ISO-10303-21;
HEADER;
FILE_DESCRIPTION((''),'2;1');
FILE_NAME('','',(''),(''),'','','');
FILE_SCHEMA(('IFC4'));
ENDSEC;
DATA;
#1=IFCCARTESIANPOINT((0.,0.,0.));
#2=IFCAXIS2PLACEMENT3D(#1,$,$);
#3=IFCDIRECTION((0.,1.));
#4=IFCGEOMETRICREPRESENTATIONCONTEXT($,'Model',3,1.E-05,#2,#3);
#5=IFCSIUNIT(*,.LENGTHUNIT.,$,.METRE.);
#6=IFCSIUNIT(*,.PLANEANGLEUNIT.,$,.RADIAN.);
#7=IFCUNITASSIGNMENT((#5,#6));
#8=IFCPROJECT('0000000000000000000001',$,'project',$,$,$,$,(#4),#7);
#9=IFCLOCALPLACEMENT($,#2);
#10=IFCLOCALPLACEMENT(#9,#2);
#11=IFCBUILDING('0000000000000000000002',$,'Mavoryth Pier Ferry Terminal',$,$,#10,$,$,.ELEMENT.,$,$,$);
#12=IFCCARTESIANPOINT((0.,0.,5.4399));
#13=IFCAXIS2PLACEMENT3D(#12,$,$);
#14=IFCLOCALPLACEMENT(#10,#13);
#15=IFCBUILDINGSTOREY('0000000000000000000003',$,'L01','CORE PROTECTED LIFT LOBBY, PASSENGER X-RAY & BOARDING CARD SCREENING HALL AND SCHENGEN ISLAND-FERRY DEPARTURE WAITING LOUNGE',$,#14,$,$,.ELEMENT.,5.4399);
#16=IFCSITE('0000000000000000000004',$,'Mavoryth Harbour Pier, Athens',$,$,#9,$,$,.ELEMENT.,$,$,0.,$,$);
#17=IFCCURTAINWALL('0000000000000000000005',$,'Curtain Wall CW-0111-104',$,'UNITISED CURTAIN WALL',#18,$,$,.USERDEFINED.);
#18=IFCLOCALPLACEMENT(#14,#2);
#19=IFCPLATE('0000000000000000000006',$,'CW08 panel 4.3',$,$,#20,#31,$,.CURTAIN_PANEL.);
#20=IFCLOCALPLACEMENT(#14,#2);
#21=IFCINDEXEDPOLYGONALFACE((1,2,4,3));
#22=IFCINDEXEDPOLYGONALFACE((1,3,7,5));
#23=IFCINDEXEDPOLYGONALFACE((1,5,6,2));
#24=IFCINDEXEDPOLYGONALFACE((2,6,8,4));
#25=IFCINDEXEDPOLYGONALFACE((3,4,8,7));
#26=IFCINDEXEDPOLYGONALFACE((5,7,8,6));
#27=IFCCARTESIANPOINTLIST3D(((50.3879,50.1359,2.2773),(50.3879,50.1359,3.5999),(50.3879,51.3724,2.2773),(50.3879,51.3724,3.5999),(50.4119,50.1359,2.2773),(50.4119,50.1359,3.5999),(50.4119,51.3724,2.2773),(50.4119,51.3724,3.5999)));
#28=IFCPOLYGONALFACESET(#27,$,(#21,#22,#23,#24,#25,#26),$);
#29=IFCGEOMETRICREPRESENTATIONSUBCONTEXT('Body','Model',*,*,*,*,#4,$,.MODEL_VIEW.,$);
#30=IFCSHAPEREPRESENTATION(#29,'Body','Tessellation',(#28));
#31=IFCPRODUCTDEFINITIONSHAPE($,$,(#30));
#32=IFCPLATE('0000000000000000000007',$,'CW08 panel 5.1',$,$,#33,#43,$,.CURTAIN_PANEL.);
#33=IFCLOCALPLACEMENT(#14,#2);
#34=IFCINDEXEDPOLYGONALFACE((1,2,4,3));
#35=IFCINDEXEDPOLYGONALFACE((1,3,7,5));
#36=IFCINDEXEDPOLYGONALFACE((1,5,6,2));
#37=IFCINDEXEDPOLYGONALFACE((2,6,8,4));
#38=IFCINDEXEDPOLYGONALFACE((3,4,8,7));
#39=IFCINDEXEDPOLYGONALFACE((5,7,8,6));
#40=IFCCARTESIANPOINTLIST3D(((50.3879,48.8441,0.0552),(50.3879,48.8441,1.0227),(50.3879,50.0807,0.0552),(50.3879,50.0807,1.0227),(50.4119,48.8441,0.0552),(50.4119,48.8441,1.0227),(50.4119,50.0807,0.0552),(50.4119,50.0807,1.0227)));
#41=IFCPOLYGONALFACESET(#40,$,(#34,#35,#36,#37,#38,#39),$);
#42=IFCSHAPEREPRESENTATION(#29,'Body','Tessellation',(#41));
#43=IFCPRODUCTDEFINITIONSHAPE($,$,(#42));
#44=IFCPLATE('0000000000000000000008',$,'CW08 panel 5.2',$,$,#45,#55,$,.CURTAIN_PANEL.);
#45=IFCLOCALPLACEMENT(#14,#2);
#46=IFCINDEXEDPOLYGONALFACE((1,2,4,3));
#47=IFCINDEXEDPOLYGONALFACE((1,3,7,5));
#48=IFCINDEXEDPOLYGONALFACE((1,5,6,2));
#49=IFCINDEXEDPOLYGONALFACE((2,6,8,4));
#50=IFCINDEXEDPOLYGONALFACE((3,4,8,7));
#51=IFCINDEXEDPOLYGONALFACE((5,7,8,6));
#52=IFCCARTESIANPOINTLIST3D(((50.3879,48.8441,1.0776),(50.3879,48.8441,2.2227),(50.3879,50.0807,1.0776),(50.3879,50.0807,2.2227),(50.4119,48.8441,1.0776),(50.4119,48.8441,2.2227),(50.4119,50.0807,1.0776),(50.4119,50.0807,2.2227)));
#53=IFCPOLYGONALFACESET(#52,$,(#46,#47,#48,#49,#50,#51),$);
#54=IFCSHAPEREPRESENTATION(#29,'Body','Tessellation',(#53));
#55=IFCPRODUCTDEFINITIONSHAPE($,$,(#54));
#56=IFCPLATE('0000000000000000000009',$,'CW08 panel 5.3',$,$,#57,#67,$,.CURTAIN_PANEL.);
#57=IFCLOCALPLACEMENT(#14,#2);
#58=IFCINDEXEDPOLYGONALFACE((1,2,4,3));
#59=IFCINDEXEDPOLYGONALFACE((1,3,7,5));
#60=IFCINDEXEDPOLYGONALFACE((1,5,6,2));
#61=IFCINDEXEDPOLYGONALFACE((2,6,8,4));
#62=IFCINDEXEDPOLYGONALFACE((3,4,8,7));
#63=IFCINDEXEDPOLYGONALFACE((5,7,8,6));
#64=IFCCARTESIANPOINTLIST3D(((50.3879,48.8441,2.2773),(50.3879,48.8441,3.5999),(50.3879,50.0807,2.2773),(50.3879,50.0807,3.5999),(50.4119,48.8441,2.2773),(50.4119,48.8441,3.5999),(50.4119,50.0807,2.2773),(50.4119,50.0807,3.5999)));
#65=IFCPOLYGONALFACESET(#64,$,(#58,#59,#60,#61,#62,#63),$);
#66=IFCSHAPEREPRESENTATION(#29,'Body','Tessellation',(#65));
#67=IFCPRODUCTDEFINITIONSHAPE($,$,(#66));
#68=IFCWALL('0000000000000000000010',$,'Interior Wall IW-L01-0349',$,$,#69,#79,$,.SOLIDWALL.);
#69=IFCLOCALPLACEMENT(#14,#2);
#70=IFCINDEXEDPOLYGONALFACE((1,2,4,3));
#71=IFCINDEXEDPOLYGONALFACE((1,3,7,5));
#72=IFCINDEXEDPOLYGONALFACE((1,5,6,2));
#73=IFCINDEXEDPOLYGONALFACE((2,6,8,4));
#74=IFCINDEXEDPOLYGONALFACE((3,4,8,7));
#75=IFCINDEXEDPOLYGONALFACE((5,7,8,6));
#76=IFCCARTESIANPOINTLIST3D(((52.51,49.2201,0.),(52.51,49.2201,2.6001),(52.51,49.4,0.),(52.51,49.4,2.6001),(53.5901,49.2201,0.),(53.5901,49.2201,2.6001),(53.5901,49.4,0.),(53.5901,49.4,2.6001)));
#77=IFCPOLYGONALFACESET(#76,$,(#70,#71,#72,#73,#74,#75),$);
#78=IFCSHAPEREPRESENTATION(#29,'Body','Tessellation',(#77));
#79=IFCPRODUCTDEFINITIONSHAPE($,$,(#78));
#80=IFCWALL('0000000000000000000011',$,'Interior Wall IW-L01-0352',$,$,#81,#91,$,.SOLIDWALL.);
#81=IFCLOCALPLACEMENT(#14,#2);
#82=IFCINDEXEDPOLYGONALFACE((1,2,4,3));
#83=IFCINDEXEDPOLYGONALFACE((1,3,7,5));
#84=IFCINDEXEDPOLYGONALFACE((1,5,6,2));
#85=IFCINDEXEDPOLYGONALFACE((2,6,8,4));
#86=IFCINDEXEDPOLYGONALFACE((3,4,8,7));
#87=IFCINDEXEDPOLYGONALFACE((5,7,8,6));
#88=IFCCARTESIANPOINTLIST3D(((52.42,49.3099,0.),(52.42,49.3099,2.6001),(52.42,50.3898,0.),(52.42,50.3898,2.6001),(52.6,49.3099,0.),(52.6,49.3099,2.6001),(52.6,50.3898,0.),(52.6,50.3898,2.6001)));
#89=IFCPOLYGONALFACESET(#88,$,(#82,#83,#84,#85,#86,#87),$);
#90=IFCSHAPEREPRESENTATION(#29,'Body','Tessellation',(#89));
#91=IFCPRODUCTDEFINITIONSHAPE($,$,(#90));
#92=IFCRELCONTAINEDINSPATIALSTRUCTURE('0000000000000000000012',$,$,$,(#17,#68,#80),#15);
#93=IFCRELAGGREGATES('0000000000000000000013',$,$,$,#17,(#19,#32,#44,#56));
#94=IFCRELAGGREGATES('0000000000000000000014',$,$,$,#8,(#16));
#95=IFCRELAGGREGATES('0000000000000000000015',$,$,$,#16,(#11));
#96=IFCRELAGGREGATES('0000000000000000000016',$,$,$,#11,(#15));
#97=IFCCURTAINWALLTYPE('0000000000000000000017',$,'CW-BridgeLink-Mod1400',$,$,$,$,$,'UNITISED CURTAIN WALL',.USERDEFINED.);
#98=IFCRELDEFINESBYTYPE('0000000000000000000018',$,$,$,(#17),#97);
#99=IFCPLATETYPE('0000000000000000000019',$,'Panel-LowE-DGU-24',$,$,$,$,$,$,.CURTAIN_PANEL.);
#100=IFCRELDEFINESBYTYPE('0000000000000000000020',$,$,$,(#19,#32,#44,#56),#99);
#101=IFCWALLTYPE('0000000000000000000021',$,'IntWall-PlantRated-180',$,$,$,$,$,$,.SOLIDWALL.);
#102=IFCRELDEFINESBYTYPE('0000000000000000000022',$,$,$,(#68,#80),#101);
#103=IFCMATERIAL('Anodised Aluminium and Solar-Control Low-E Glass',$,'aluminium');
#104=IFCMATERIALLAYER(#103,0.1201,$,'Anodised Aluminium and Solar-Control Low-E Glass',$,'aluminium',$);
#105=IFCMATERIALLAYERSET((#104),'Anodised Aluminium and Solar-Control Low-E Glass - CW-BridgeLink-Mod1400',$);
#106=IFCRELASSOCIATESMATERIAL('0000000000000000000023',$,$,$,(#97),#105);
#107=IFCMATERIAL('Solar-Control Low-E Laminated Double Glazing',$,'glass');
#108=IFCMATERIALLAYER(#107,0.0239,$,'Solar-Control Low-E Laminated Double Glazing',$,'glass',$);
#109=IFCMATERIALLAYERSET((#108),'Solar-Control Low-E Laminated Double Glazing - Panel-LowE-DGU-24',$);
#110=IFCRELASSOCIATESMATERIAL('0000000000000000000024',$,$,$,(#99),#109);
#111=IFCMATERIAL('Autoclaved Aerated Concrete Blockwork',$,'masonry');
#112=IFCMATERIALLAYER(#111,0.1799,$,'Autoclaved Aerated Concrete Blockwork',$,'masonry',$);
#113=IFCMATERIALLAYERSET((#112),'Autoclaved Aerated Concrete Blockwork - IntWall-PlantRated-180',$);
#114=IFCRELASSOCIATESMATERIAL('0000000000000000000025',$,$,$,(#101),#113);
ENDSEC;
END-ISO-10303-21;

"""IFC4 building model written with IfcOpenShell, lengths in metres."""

from ifc_helpers import new_model, si_unit, direction, frame, frame_2d, origin, origin_2d, place, context, subcontext, project, spatial, rectangle, extrude, material, layer, layer_set, type_object, element, aggregate, save


model = new_model("IFC4")

# Units and contexts
model_context = context("Model", 3, precision=1e-05, world=origin(), true_north=direction((0.0, 1.0)))
body_context = subcontext(model_context, "Body", "Model", "MODEL_VIEW")
ifc_project = project(units=[si_unit("LENGTHUNIT", "METRE"), si_unit("PLANEANGLEUNIT", "RADIAN")], contexts=[model_context])

# Site, building, storey
site_placement = place(None, origin())
site = spatial("IfcSite", under=ifc_project, at=site_placement, Name="Mavoryth Harbour Pier, Athens", CompositionType="ELEMENT", RefElevation=0.0)
building_placement = place(site_placement, origin())
building = spatial("IfcBuilding", under=site, at=building_placement, Name="Mavoryth Pier Ferry Terminal", CompositionType="ELEMENT")
storey_placement = place(building_placement, frame((0.0, 0.0, 5.4399)))
storey = spatial("IfcBuildingStorey", under=building, at=storey_placement, Name="L01", Description="CORE PROTECTED LIFT LOBBY, PASSENGER X-RAY & BOARDING CARD SCREENING HALL AND SCHENGEN ISLAND-FERRY DEPARTURE WAITING LOUNGE", CompositionType="ELEMENT", Elevation=5.4399)

# Curtain wall, plates
ifc_material_1 = material(Name="Anodised Aluminium and Solar-Control Low-E Glass", Category="aluminium")
ifc_layer_1 = layer(ifc_material_1, 0.1201, Name="Anodised Aluminium and Solar-Control Low-E Glass", Category="aluminium")
ifc_layer_set_1 = layer_set([ifc_layer_1], Name="Anodised Aluminium and Solar-Control Low-E Glass - CW-BridgeLink-Mod1400")
curtain_wall_type = type_object("IfcCurtainWallType", Name="CW-BridgeLink-Mod1400", ElementType="UNITISED CURTAIN WALL", PredefinedType="USERDEFINED", material=ifc_layer_set_1)
curtain_wall_placement = place(storey_placement, origin())
curtain_wall = element("IfcCurtainWall", 1, at=curtain_wall_placement, inside=storey, type_object=curtain_wall_type, Name="Curtain Wall CW-0111-104", ObjectType="UNITISED CURTAIN WALL", PredefinedType="USERDEFINED")
ifc_material_2 = material(Name="Solar-Control Low-E Laminated Double Glazing", Category="glass")
ifc_layer_2 = layer(ifc_material_2, 0.0239, Name="Solar-Control Low-E Laminated Double Glazing", Category="glass")
ifc_layer_set_2 = layer_set([ifc_layer_2], Name="Solar-Control Low-E Laminated Double Glazing - Panel-LowE-DGU-24")
plate_type = type_object("IfcPlateType", Name="Panel-LowE-DGU-24", PredefinedType="CURTAIN_PANEL", material=ifc_layer_set_2)
plate_1_placement = place(storey_placement, frame((50.3999, 50.7542, 2.2773), z_axis=(0.0, 0.0, 1.0), x_axis=(0.0, -1.0, 0.0)))
plate_1 = element("IfcPlate", 2, at=plate_1_placement, type_object=plate_type, Name="CW08 panel 4.3", PredefinedType="CURTAIN_PANEL", context=body_context, shape_type="SweptSolid", body=[
    extrude(rectangle(XDim=1.2366, YDim=0.0239, at=origin_2d()), origin(), (0.0, 0.0, 1.0), 1.3225),
])
plate_2_placement = place(storey_placement, frame((50.3999, 49.4624, 0.0552), z_axis=(0.0, 0.0, 1.0), x_axis=(0.0, -1.0, 0.0)))
plate_2 = element("IfcPlate", 3, at=plate_2_placement, type_object=plate_type, Name="CW08 panel 5.1", PredefinedType="CURTAIN_PANEL", context=body_context, shape_type="SweptSolid", body=[
    extrude(rectangle(XDim=1.2366, YDim=0.0239, at=origin_2d()), origin(), (0.0, 0.0, 1.0), 0.9675),
])
plate_3_placement = place(storey_placement, frame((50.3999, 49.4624, 1.0776), z_axis=(0.0, 0.0, 1.0), x_axis=(0.0, -1.0, 0.0)))
plate_3 = element("IfcPlate", 4, at=plate_3_placement, type_object=plate_type, Name="CW08 panel 5.2", PredefinedType="CURTAIN_PANEL", context=body_context, shape_type="SweptSolid", body=[
    extrude(rectangle(XDim=1.2366, YDim=0.0239, at=origin_2d()), origin(), (0.0, 0.0, 1.0), 1.145),
])
plate_4_placement = place(storey_placement, frame((50.3999, 49.4624, 2.2773), z_axis=(0.0, 0.0, 1.0), x_axis=(0.0, -1.0, 0.0)))
plate_4 = element("IfcPlate", 5, at=plate_4_placement, type_object=plate_type, Name="CW08 panel 5.3", PredefinedType="CURTAIN_PANEL", context=body_context, shape_type="SweptSolid", body=[
    extrude(rectangle(XDim=1.2366, YDim=0.0239, at=origin_2d()), origin(), (0.0, 0.0, 1.0), 1.3225),
])
aggregate(curtain_wall, [plate_1, plate_2, plate_3, plate_4])

# Walls
ifc_material_3 = material(Name="Autoclaved Aerated Concrete Blockwork", Category="masonry")
ifc_layer_3 = layer(ifc_material_3, 0.1799, Name="Autoclaved Aerated Concrete Blockwork", Category="masonry")
ifc_layer_set_3 = layer_set([ifc_layer_3], Name="Autoclaved Aerated Concrete Blockwork - IntWall-PlantRated-180")
wall_type = type_object("IfcWallType", Name="IntWall-PlantRated-180", PredefinedType="SOLIDWALL", material=ifc_layer_set_3)
wall_1_placement = place(storey_placement, frame((52.51, 49.3101, 0.0), z_axis=(0.0, 0.0, 1.0), x_axis=(1.0, 0.0, 0.0)))
element("IfcWall", 6, at=wall_1_placement, inside=storey, type_object=wall_type, Name="Interior Wall IW-L01-0349", PredefinedType="SOLIDWALL", context=body_context, shape_type="SweptSolid", body=[
    extrude(rectangle(XDim=1.0801, YDim=0.1799, at=frame_2d((0.54, 0.0))), origin(), (0.0, 0.0, 1.0), 2.6001),
])
wall_2_placement = place(storey_placement, frame((52.51, 50.3899, 0.0), z_axis=(0.0, 0.0, 1.0), x_axis=(0.0, -1.0, 0.0)))
element("IfcWall", 7, at=wall_2_placement, inside=storey, type_object=wall_type, Name="Interior Wall IW-L01-0352", PredefinedType="SOLIDWALL", context=body_context, shape_type="SweptSolid", body=[
    extrude(rectangle(XDim=1.0798, YDim=0.1799, at=frame_2d((0.54, 0.0))), origin(), (0.0, 0.0, 1.0), 2.6001),
])

save(model, "model.ifc")
